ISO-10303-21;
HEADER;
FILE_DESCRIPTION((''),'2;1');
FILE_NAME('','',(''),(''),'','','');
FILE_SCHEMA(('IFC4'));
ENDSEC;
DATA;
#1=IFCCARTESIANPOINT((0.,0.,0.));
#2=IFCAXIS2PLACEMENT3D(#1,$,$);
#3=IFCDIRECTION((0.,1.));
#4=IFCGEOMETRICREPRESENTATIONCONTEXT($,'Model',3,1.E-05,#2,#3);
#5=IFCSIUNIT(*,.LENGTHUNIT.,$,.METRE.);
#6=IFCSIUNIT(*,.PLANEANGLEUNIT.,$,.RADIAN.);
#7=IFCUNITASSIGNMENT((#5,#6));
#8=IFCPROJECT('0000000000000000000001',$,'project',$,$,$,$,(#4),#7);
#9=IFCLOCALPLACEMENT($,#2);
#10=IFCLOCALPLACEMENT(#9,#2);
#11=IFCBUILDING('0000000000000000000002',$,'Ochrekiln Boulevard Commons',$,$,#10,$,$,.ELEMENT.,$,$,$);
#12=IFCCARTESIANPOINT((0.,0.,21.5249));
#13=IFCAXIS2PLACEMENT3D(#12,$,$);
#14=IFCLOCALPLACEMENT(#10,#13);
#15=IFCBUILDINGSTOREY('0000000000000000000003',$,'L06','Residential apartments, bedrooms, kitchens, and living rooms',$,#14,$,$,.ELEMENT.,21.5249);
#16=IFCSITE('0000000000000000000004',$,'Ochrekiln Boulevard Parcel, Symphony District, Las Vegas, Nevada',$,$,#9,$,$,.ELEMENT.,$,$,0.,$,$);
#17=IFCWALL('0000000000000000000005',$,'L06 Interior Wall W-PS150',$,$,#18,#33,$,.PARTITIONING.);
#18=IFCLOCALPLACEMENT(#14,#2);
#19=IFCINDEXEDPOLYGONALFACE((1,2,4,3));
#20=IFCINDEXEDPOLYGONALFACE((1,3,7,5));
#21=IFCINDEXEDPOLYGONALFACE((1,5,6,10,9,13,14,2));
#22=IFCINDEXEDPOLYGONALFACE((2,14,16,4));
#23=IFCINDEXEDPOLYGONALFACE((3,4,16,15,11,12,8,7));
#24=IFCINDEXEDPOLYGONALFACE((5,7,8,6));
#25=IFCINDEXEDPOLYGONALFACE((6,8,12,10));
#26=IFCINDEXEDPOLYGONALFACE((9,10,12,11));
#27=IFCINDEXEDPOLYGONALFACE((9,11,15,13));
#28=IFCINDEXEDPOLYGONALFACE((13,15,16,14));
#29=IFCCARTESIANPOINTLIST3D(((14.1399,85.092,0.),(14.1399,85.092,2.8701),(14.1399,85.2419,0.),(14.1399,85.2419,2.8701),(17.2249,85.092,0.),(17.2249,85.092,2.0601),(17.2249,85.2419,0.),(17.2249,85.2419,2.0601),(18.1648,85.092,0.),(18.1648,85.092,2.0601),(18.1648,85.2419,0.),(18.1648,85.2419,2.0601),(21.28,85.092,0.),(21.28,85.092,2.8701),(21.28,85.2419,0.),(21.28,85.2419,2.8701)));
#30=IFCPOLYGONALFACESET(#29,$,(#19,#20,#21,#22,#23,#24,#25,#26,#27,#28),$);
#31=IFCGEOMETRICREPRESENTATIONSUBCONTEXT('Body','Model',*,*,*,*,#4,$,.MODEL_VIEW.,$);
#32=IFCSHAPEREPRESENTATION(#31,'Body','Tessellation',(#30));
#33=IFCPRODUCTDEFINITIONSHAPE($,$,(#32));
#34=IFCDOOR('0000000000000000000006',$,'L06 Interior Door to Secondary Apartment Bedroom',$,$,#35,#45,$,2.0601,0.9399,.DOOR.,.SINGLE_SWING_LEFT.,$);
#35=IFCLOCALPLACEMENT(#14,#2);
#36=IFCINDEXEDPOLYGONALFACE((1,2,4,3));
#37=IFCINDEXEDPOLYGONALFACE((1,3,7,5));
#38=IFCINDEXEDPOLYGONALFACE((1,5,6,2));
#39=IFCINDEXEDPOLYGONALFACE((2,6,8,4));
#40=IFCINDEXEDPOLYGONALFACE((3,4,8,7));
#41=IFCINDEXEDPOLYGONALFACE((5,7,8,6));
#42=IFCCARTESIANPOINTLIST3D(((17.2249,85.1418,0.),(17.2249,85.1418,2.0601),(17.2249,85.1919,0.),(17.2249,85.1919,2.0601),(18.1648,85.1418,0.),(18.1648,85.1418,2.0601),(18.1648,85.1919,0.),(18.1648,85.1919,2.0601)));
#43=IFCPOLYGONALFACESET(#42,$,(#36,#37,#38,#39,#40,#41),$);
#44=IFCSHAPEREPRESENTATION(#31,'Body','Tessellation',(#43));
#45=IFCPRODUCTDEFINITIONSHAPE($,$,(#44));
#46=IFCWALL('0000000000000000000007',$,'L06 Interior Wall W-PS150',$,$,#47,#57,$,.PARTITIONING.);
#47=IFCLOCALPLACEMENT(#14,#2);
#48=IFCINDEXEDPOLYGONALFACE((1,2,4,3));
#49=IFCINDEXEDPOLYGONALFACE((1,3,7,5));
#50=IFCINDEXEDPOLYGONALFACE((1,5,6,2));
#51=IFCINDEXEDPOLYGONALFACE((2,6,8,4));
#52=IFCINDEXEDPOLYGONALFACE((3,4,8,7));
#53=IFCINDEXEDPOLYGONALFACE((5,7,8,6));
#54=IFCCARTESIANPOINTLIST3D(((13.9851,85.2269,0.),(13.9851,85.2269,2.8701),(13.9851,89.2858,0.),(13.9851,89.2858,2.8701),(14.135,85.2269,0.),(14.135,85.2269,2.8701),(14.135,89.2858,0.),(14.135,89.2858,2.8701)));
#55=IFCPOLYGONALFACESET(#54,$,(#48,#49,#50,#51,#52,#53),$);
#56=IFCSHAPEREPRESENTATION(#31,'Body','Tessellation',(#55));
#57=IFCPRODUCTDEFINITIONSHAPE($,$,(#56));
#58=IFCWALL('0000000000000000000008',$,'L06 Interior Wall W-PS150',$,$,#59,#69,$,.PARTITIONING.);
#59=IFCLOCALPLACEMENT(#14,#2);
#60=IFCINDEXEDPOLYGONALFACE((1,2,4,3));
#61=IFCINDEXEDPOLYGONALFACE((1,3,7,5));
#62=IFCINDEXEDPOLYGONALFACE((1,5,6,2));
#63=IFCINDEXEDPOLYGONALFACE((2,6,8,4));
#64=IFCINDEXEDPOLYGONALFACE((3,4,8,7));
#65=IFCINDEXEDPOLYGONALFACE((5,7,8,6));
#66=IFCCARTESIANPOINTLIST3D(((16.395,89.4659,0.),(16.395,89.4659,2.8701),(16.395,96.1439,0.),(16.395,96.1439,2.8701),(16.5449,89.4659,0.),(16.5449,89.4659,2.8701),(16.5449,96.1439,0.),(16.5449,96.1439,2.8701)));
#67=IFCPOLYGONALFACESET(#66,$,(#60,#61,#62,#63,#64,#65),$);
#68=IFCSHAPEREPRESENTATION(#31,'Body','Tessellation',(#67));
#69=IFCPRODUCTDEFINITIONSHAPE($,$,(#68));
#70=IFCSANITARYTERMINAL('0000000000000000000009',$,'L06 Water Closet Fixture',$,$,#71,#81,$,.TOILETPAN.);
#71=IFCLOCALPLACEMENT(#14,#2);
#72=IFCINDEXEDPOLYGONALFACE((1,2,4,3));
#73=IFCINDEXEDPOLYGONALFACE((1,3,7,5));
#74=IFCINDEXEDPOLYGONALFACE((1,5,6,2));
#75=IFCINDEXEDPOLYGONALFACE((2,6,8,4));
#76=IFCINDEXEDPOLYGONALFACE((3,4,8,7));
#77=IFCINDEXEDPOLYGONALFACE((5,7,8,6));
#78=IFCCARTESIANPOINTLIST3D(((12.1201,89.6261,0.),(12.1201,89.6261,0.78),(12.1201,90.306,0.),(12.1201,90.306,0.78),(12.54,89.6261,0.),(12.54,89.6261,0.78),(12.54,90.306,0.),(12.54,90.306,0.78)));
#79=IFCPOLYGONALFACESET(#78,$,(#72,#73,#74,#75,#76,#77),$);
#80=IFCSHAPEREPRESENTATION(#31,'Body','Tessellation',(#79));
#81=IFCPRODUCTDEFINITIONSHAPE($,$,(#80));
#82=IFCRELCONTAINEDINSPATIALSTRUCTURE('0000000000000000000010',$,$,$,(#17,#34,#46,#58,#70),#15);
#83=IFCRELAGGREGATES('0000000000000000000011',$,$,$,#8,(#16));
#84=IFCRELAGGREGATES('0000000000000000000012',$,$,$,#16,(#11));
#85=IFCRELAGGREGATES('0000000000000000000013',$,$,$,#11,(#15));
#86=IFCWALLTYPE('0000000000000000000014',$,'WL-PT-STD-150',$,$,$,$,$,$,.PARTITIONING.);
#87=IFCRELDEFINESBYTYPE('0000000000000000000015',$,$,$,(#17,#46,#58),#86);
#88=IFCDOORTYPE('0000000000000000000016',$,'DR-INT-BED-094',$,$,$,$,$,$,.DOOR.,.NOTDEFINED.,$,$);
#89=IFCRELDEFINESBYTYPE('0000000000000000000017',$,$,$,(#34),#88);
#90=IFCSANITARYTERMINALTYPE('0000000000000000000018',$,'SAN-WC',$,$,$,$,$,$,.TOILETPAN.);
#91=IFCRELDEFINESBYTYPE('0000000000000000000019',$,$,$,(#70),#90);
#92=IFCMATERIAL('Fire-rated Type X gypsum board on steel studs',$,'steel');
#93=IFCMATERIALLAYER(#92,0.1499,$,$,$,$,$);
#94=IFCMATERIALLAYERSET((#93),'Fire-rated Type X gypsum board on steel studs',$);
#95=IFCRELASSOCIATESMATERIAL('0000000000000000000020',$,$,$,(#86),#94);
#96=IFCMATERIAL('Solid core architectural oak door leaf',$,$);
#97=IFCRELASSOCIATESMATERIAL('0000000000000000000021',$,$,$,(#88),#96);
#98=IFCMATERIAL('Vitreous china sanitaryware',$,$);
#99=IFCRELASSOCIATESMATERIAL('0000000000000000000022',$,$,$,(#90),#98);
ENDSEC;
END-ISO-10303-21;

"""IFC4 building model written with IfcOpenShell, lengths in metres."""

from ifc_helpers import new_model, si_unit, direction, frame, frame_2d, origin, origin_2d, place, context, subcontext, project, spatial, rectangle, extrude, material, layer, layer_set, type_object, element, fill, save


model = new_model("IFC4")

# Units and contexts
model_context = context("Model", 3, precision=1e-05, world=origin(), true_north=direction((0.0, 1.0)))
body_context = subcontext(model_context, "Body", "Model", "MODEL_VIEW")
ifc_project = project(units=[si_unit("LENGTHUNIT", "METRE"), si_unit("PLANEANGLEUNIT", "RADIAN")], contexts=[model_context])

# Site, building, storey
site_placement = place(None, origin())
site = spatial("IfcSite", under=ifc_project, at=site_placement, Name="Ochrekiln Boulevard Parcel, Symphony District, Las Vegas, Nevada", CompositionType="ELEMENT", RefElevation=0.0)
building_placement = place(site_placement, origin())
building = spatial("IfcBuilding", under=site, at=building_placement, Name="Ochrekiln Boulevard Commons", CompositionType="ELEMENT")
storey_placement = place(building_placement, frame((0.0, 0.0, 21.5249)))
storey = spatial("IfcBuildingStorey", under=building, at=storey_placement, Name="L06", Description="Residential apartments, bedrooms, kitchens, and living rooms", CompositionType="ELEMENT", Elevation=21.5249)

# Shared definitions
ifc_material_1 = material(Name="Solid core architectural oak door leaf")

# Shared definitions
ifc_material_2 = material(Name="Fire-rated Type X gypsum board on steel studs", Category="steel")

# Wall, opening, door
ifc_layer_1 = layer(ifc_material_2, 0.1499)
ifc_layer_set_1 = layer_set([ifc_layer_1], Name="Fire-rated Type X gypsum board on steel studs")
wall_type_1 = type_object("IfcWallType", Name="WL-PT-STD-150", PredefinedType="PARTITIONING", material=ifc_layer_set_1)
wall_1_placement = place(storey_placement, frame((14.1399, 85.167, 0.0), z_axis=(0.0, 0.0, 1.0), x_axis=(1.0, 0.0, 0.0)))
wall_1 = element("IfcWall", 1, at=wall_1_placement, inside=storey, type_object=wall_type_1, Name="L06 Interior Wall W-PS150", PredefinedType="PARTITIONING", context=body_context, shape_type="SweptSolid", body=[
    extrude(rectangle(XDim=7.1401, YDim=0.1499, at=frame_2d((3.5701, 0.0))), origin(), (0.0, 0.0, 1.0), 2.8701),
])
opening_1_placement = place(wall_1_placement, frame((3.085, 0.0, 0.0)))
opening_1 = element("IfcOpeningElement", 2, at=opening_1_placement, cuts=wall_1, PredefinedType="OPENING", context=body_context, shape_type="SweptSolid", body=[
    extrude(rectangle(XDim=0.9399, YDim=2.0601, at=frame_2d((0.47, 1.03))), frame((0.0, 0.085, 0.0), z_axis=(0.0, -1.0, 0.0), x_axis=(1.0, 0.0, 0.0)), (0.0, 0.0, 1.0), 0.1699),
])
door_type_1 = type_object("IfcDoorType", Name="DR-INT-BED-094", OperationType="NOTDEFINED", PredefinedType="DOOR", material=ifc_material_1)
door_1_placement = place(opening_1_placement, origin())
door_1 = element("IfcDoor", 3, at=door_1_placement, inside=storey, type_object=door_type_1, Name="L06 Interior Door to Secondary Apartment Bedroom", OperationType="SINGLE_SWING_LEFT", OverallHeight=2.0601, OverallWidth=0.9399, PredefinedType="DOOR", context=body_context, shape_type="SweptSolid", body=[
    extrude(rectangle(XDim=0.9399, YDim=2.0601, at=frame_2d((0.47, 1.03))), frame((0.0, 0.0249, 0.0), z_axis=(0.0, -1.0, 0.0), x_axis=(1.0, 0.0, 0.0)), (0.0, 0.0, 1.0), 0.05),
])
fill(opening_1, door_1)

# Walls
wall_2_placement = place(storey_placement, frame((14.0601, 85.2271, 0.0), z_axis=(0.0, 0.0, 1.0), x_axis=(0.0, 1.0, 0.0)))
element("IfcWall", 4, at=wall_2_placement, inside=storey, type_object=wall_type_1, Name="L06 Interior Wall W-PS150", PredefinedType="PARTITIONING", context=body_context, shape_type="SweptSolid", body=[
    extrude(rectangle(XDim=4.0588, YDim=0.1499, at=frame_2d((2.0293, 0.0))), origin(), (0.0, 0.0, 1.0), 2.8701),
])
wall_3_placement = place(storey_placement, frame((16.47, 89.4661, 0.0), z_axis=(0.0, 0.0, 1.0), x_axis=(0.0, 1.0, 0.0)))
element("IfcWall", 5, at=wall_3_placement, inside=storey, type_object=wall_type_1, Name="L06 Interior Wall W-PS150", PredefinedType="PARTITIONING", context=body_context, shape_type="SweptSolid", body=[
    extrude(rectangle(XDim=6.678, YDim=0.1499, at=frame_2d((3.3389, 0.0))), origin(), (0.0, 0.0, 1.0), 2.8701),
])

# Sanitary terminal
ifc_material_3 = material(Name="Vitreous china sanitaryware")
sanitary_terminal_type = type_object("IfcSanitaryTerminalType", Name="SAN-WC", PredefinedType="TOILETPAN", material=ifc_material_3)
sanitary_terminal_placement = place(storey_placement, frame((12.3301, 89.9661, 0.0), z_axis=(0.0, 0.0, 1.0), x_axis=(1.0, 0.0, 0.0)))
element("IfcSanitaryTerminal", 6, at=sanitary_terminal_placement, inside=storey, type_object=sanitary_terminal_type, Name="L06 Water Closet Fixture", PredefinedType="TOILETPAN", context=body_context, shape_type="SweptSolid", body=[
    extrude(rectangle(XDim=0.4199, YDim=0.6799, at=origin_2d()), origin(), (0.0, 0.0, 1.0), 0.78),
])

save(model, "model.ifc")
